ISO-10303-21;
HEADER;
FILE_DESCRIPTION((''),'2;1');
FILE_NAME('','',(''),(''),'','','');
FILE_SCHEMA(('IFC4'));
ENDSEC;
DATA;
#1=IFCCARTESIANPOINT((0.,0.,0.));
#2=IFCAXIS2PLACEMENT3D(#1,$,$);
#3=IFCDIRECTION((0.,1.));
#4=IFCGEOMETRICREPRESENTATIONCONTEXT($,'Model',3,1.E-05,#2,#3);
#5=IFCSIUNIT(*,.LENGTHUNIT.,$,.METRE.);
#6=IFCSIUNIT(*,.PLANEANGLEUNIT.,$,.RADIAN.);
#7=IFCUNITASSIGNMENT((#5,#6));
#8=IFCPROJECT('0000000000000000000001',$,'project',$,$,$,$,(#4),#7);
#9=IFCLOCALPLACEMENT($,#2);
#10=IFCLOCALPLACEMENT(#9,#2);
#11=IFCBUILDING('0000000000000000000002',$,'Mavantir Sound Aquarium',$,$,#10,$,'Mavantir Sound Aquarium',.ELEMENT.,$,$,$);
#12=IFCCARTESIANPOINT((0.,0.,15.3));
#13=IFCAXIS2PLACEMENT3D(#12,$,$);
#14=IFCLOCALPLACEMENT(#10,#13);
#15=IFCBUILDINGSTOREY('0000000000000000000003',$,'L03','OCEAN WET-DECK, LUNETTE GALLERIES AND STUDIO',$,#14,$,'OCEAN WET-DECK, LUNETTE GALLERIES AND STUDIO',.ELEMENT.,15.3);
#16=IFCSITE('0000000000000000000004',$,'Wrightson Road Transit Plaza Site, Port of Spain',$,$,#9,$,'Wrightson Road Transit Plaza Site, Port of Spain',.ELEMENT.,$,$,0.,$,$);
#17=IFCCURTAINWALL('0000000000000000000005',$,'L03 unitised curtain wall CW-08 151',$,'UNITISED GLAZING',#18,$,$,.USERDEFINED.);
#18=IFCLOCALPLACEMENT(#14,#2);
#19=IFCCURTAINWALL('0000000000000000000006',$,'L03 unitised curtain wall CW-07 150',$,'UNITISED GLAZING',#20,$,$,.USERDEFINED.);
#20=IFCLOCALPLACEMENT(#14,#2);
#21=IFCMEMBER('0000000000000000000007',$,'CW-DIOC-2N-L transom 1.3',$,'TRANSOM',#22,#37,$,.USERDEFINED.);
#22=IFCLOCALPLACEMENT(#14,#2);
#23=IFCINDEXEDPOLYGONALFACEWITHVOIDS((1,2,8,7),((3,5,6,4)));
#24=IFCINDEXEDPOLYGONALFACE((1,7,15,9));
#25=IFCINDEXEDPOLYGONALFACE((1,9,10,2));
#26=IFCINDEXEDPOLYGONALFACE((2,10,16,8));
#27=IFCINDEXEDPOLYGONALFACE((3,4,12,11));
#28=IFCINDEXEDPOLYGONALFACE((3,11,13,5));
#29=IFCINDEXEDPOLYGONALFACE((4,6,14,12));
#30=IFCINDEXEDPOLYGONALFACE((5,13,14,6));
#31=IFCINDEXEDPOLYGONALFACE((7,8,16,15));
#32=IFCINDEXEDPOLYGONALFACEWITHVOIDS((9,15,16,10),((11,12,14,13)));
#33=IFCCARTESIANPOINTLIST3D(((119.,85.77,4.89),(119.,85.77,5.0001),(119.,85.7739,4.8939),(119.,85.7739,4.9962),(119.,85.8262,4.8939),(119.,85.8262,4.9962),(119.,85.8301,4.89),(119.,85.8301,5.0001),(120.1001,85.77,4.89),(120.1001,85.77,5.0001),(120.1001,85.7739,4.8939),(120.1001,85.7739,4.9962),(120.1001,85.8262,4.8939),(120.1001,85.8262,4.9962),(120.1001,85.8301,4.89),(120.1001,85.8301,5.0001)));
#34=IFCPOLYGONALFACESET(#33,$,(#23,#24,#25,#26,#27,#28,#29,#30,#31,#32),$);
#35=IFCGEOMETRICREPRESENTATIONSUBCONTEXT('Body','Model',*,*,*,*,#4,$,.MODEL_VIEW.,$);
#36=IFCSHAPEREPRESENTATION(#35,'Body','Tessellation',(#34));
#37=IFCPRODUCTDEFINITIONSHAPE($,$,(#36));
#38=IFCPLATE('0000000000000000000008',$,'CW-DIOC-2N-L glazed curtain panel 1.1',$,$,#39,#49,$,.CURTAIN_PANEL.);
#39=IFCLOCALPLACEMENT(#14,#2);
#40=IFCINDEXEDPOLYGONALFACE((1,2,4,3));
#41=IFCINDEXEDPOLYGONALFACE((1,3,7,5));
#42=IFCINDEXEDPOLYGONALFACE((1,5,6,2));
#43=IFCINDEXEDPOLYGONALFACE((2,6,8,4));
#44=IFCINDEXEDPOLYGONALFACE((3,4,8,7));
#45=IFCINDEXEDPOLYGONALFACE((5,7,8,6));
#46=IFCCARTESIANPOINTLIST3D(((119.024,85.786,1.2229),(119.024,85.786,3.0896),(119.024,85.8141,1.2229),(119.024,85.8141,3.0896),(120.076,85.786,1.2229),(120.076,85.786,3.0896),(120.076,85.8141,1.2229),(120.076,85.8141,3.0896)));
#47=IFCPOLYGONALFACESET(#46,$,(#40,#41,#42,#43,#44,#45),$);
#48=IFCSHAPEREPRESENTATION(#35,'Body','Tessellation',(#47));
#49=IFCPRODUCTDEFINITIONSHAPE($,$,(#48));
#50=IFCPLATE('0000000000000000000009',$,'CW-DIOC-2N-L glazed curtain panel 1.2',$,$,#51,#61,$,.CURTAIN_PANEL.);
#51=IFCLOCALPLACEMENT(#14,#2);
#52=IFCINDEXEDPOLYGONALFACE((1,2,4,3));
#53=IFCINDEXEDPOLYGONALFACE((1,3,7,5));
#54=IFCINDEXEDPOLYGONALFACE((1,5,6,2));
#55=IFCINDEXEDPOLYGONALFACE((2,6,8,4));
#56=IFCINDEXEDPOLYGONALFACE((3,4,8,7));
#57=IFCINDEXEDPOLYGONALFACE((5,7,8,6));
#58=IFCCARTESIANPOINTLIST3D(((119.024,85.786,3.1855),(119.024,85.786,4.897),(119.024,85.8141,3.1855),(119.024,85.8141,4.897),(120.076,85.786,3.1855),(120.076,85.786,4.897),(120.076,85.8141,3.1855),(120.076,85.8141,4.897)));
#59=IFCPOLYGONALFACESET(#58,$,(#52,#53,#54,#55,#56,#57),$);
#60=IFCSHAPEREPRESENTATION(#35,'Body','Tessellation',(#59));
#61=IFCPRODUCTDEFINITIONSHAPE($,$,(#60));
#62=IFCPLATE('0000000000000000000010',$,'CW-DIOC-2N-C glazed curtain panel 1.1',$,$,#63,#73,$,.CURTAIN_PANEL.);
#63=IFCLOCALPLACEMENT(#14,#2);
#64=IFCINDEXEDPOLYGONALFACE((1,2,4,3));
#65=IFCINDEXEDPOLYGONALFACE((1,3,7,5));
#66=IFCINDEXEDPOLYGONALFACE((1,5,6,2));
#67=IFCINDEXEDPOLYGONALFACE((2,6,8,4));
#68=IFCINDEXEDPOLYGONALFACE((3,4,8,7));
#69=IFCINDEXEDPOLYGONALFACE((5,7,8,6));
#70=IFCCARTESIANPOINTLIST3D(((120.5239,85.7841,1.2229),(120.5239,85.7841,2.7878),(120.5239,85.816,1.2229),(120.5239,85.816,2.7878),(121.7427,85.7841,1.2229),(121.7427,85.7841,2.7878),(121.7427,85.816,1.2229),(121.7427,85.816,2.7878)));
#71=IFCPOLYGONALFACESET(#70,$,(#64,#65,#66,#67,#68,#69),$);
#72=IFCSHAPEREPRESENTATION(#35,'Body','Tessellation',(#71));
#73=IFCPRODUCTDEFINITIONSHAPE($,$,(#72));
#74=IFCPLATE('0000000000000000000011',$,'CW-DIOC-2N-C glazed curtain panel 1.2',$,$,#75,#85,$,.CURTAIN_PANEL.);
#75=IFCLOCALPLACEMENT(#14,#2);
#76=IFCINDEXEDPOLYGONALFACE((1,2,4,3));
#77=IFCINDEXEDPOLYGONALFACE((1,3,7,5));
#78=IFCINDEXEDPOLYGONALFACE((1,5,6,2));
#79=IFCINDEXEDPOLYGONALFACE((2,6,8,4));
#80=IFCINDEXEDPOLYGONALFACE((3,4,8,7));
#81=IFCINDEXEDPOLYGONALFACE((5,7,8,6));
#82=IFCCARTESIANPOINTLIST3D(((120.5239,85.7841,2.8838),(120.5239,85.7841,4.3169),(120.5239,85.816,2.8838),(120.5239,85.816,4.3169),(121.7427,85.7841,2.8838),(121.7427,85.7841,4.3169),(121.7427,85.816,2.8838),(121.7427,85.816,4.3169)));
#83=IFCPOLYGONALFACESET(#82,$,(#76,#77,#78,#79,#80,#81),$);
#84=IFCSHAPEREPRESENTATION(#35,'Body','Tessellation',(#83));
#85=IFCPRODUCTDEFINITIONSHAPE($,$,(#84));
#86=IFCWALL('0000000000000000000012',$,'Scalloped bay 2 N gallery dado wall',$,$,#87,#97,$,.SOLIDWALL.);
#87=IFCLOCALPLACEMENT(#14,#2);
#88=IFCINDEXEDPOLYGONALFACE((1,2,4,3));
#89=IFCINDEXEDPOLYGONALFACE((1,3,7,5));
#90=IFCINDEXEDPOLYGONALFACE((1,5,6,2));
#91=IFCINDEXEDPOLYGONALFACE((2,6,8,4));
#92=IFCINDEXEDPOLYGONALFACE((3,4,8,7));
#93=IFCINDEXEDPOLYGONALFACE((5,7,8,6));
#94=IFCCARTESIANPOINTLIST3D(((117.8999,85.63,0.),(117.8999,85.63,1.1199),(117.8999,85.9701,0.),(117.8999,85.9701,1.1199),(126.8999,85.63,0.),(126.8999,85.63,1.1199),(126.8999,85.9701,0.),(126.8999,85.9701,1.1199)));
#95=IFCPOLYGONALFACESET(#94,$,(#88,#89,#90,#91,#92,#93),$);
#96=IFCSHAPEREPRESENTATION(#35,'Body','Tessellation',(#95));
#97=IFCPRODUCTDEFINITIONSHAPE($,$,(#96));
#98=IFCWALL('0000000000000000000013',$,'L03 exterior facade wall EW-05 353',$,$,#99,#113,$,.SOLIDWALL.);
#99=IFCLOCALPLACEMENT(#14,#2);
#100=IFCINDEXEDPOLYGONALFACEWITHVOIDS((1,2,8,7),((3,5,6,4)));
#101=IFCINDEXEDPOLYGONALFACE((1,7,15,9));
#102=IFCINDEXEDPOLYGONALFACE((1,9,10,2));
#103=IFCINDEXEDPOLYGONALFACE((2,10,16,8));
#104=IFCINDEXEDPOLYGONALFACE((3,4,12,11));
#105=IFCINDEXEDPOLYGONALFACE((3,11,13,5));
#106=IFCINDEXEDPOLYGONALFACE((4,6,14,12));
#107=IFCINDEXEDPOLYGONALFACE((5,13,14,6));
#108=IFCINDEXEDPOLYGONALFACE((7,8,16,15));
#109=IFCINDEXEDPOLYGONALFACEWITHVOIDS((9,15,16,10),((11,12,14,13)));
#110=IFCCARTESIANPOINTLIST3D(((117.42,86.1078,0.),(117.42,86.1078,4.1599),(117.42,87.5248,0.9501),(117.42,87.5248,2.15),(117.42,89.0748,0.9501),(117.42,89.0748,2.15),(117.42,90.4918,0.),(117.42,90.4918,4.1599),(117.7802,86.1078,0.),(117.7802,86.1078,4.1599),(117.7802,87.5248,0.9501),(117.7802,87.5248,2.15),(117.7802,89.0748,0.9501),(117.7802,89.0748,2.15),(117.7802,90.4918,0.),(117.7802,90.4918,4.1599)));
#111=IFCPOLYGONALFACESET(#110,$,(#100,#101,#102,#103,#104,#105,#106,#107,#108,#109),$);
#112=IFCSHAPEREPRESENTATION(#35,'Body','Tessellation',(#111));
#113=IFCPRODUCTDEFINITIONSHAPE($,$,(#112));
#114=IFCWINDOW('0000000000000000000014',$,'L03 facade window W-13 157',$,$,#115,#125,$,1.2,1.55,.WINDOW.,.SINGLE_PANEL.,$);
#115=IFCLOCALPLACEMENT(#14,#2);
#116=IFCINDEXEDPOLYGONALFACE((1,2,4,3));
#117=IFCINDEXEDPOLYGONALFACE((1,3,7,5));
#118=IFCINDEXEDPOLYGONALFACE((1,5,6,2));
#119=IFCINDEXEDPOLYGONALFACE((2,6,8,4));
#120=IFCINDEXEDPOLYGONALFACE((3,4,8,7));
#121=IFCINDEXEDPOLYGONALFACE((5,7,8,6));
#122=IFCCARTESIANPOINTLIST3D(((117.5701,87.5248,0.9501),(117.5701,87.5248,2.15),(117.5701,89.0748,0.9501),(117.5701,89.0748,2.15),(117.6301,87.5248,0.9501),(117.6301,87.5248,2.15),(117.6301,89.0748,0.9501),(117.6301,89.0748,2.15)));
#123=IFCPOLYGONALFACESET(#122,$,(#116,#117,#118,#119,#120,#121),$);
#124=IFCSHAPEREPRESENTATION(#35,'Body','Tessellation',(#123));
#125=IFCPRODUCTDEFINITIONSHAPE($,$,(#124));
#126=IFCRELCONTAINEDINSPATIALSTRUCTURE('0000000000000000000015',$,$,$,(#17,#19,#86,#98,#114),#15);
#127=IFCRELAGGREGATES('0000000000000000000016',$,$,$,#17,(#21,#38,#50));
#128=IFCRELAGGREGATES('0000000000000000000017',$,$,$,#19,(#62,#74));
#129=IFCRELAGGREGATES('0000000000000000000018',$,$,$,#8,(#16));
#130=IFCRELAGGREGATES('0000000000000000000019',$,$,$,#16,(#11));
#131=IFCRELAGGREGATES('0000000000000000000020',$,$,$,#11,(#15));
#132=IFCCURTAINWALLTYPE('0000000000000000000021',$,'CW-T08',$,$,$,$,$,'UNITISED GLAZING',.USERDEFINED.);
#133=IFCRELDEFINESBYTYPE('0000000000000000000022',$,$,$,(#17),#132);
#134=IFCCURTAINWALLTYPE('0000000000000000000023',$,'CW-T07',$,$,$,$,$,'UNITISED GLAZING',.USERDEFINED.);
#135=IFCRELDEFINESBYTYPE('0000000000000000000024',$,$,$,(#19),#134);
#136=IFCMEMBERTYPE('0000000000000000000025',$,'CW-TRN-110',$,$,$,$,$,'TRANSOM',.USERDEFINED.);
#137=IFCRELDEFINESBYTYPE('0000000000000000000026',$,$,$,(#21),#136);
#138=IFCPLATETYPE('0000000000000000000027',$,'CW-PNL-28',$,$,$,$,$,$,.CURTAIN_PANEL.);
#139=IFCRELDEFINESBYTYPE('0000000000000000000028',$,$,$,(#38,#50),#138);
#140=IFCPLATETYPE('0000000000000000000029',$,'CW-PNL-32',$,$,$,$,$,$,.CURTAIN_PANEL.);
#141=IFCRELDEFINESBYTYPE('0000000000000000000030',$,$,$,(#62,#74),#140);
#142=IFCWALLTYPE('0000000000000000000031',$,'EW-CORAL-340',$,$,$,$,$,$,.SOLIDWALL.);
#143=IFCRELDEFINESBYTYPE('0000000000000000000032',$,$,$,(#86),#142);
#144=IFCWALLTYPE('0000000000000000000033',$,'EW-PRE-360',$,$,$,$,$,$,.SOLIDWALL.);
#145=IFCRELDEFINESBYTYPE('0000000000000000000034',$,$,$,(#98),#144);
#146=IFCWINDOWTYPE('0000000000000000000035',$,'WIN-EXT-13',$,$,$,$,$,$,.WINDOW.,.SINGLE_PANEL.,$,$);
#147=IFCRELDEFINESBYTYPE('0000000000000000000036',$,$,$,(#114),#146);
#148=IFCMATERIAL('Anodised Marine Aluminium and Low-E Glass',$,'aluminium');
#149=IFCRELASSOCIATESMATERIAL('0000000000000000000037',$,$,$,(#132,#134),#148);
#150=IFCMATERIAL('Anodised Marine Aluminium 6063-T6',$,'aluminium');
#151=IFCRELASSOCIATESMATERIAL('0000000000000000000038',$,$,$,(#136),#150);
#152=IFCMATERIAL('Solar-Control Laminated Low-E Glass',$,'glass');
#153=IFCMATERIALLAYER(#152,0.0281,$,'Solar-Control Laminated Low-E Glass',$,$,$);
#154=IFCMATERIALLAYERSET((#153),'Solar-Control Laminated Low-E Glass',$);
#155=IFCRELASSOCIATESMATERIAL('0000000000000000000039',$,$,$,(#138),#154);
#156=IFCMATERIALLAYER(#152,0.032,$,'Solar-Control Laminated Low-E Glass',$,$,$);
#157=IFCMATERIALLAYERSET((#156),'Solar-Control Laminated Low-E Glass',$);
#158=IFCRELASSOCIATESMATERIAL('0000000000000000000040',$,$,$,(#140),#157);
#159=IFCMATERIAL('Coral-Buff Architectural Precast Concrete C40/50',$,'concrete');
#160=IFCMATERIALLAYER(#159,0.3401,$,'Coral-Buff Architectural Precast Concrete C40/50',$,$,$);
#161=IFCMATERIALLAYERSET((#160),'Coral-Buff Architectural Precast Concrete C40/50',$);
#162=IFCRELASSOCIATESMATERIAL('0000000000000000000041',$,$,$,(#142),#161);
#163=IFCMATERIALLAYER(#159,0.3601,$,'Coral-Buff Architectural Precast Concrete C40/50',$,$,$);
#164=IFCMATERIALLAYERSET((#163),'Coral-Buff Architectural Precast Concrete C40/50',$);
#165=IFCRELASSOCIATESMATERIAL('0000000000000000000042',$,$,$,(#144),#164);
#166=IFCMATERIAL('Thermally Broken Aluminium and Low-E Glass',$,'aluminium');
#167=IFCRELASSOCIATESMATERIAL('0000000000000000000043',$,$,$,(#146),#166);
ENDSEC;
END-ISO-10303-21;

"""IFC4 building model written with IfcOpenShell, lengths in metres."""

from ifc_helpers import new_model, si_unit, direction, frame, frame_2d, origin, origin_2d, place, context, subcontext, project, spatial, rectangle, hollow_rectangle, extrude, material, layer, layer_set, material_profile, profile_set, type_object, element, fill, aggregate, save


model = new_model("IFC4")

# Units and contexts
model_context = context("Model", 3, precision=1e-05, world=origin(), true_north=direction((0.0, 1.0)))
body_context = subcontext(model_context, "Body", "Model", "MODEL_VIEW")
ifc_project = project(units=[si_unit("LENGTHUNIT", "METRE"), si_unit("PLANEANGLEUNIT", "RADIAN")], contexts=[model_context])

# Site, building, storey
site_placement = place(None, origin())
site = spatial("IfcSite", under=ifc_project, at=site_placement, Name="Wrightson Road Transit Plaza Site, Port of Spain", LongName="Wrightson Road Transit Plaza Site, Port of Spain", CompositionType="ELEMENT", RefElevation=0.0)
building_placement = place(site_placement, origin())
building = spatial("IfcBuilding", under=site, at=building_placement, Name="Mavantir Sound Aquarium", LongName="Mavantir Sound Aquarium", CompositionType="ELEMENT")
storey_placement = place(building_placement, frame((0.0, 0.0, 15.3)))
storey = spatial("IfcBuildingStorey", under=building, at=storey_placement, Name="L03", Description="OCEAN WET-DECK, LUNETTE GALLERIES AND STUDIO", LongName="OCEAN WET-DECK, LUNETTE GALLERIES AND STUDIO", CompositionType="ELEMENT", Elevation=15.3)

# Curtain walls
ifc_material_1 = material(Name="Anodised Marine Aluminium and Low-E Glass", Category="aluminium")
curtain_wall_type_1 = type_object("IfcCurtainWallType", Name="CW-T08", ElementType="UNITISED GLAZING", PredefinedType="USERDEFINED", material=ifc_material_1)
curtain_wall_1_placement = place(storey_placement, origin())
curtain_wall_1 = element("IfcCurtainWall", 1, at=curtain_wall_1_placement, inside=storey, type_object=curtain_wall_type_1, Name="L03 unitised curtain wall CW-08 151", ObjectType="UNITISED GLAZING", PredefinedType="USERDEFINED")
ifc_material_2 = material(Name="Anodised Marine Aluminium 6063-T6", Category="aluminium")
curtain_wall_type_2 = type_object("IfcCurtainWallType", Name="CW-T07", ElementType="UNITISED GLAZING", PredefinedType="USERDEFINED", material=ifc_material_1)
curtain_wall_2_placement = place(storey_placement, origin())
curtain_wall_2 = element("IfcCurtainWall", 2, at=curtain_wall_2_placement, inside=storey, type_object=curtain_wall_type_2, Name="L03 unitised curtain wall CW-07 150", ObjectType="UNITISED GLAZING", PredefinedType="USERDEFINED")
ifc_material_profile_1 = material_profile(ifc_material_2, hollow_rectangle(XDim=0.0601, YDim=0.1101, WallThickness=0.0039, at=origin_2d()), Name="ALU-TRANSOM-110X60")
ifc_profile_set_1 = profile_set([ifc_material_profile_1], Name="Anodised Marine Aluminium 6063-T6")
member_type_1 = type_object("IfcMemberType", Name="CW-TRN-110", ElementType="TRANSOM", PredefinedType="USERDEFINED", material=ifc_profile_set_1)

# Member
member_1_placement = place(storey_placement, frame((119.0, 85.8, 4.9451), z_axis=(1.0, 0.0, 0.0), x_axis=(0.0, 1.0, 0.0)))
member_1 = element("IfcMember", 3, at=member_1_placement, type_object=member_type_1, Name="CW-DIOC-2N-L transom 1.3", ObjectType="TRANSOM", PredefinedType="USERDEFINED", context=body_context, shape_type="SweptSolid", body=[
    extrude(hollow_rectangle(XDim=0.0601, YDim=0.1101, WallThickness=0.0039, at=origin_2d()), origin(), (0.0, 0.0, 1.0), 1.1001),
])

# Plates
ifc_material_3 = material(Name="Solar-Control Laminated Low-E Glass", Category="glass")
ifc_layer_1 = layer(ifc_material_3, 0.0281, Name="Solar-Control Laminated Low-E Glass")
ifc_layer_set_1 = layer_set([ifc_layer_1], Name="Solar-Control Laminated Low-E Glass")
plate_type_1 = type_object("IfcPlateType", Name="CW-PNL-28", PredefinedType="CURTAIN_PANEL", material=ifc_layer_set_1)
plate_1_placement = place(storey_placement, frame((119.55, 85.8, 1.2229), z_axis=(0.0, 0.0, 1.0), x_axis=(1.0, 0.0, 0.0)))
plate_1 = element("IfcPlate", 4, at=plate_1_placement, type_object=plate_type_1, Name="CW-DIOC-2N-L glazed curtain panel 1.1", PredefinedType="CURTAIN_PANEL", context=body_context, shape_type="SweptSolid", body=[
    extrude(rectangle(XDim=1.052, YDim=0.0281, at=origin_2d()), origin(), (0.0, 0.0, 1.0), 1.8667),
])
plate_2_placement = place(storey_placement, frame((119.55, 85.8, 3.1855), z_axis=(0.0, 0.0, 1.0), x_axis=(1.0, 0.0, 0.0)))
plate_2 = element("IfcPlate", 5, at=plate_2_placement, type_object=plate_type_1, Name="CW-DIOC-2N-L glazed curtain panel 1.2", PredefinedType="CURTAIN_PANEL", context=body_context, shape_type="SweptSolid", body=[
    extrude(rectangle(XDim=1.052, YDim=0.0281, at=origin_2d()), origin(), (0.0, 0.0, 1.0), 1.7114),
])
aggregate(curtain_wall_1, [member_1, plate_1, plate_2])
ifc_layer_2 = layer(ifc_material_3, 0.032, Name="Solar-Control Laminated Low-E Glass")
ifc_layer_set_2 = layer_set([ifc_layer_2], Name="Solar-Control Laminated Low-E Glass")
plate_type_2 = type_object("IfcPlateType", Name="CW-PNL-32", PredefinedType="CURTAIN_PANEL", material=ifc_layer_set_2)
plate_3_placement = place(storey_placement, frame((121.1333, 85.8, 1.2229), z_axis=(0.0, 0.0, 1.0), x_axis=(1.0, 0.0, 0.0)))
plate_3 = element("IfcPlate", 6, at=plate_3_placement, type_object=plate_type_2, Name="CW-DIOC-2N-C glazed curtain panel 1.1", PredefinedType="CURTAIN_PANEL", context=body_context, shape_type="SweptSolid", body=[
    extrude(rectangle(XDim=1.2188, YDim=0.032, at=origin_2d()), origin(), (0.0, 0.0, 1.0), 1.5649),
])
plate_4_placement = place(storey_placement, frame((121.1333, 85.8, 2.8838), z_axis=(0.0, 0.0, 1.0), x_axis=(1.0, 0.0, 0.0)))
plate_4 = element("IfcPlate", 7, at=plate_4_placement, type_object=plate_type_2, Name="CW-DIOC-2N-C glazed curtain panel 1.2", PredefinedType="CURTAIN_PANEL", context=body_context, shape_type="SweptSolid", body=[
    extrude(rectangle(XDim=1.2188, YDim=0.032, at=origin_2d()), origin(), (0.0, 0.0, 1.0), 1.4331),
])
aggregate(curtain_wall_2, [plate_3, plate_4])

# Wall
ifc_material_4 = material(Name="Coral-Buff Architectural Precast Concrete C40/50", Category="concrete")
ifc_layer_3 = layer(ifc_material_4, 0.3401, Name="Coral-Buff Architectural Precast Concrete C40/50")
ifc_layer_set_3 = layer_set([ifc_layer_3], Name="Coral-Buff Architectural Precast Concrete C40/50")
wall_type_1 = type_object("IfcWallType", Name="EW-CORAL-340", PredefinedType="SOLIDWALL", material=ifc_layer_set_3)
wall_1_placement = place(storey_placement, frame((117.8999, 85.8, 0.0), z_axis=(0.0, 0.0, 1.0), x_axis=(1.0, 0.0, 0.0)))
element("IfcWall", 8, at=wall_1_placement, inside=storey, type_object=wall_type_1, Name="Scalloped bay 2 N gallery dado wall", PredefinedType="SOLIDWALL", context=body_context, shape_type="SweptSolid", body=[
    extrude(rectangle(XDim=9.0, YDim=0.3401, at=frame_2d((4.5, 0.0))), origin(), (0.0, 0.0, 1.0), 1.1199),
])

# Wall, opening, window
ifc_layer_4 = layer(ifc_material_4, 0.3601, Name="Coral-Buff Architectural Precast Concrete C40/50")
ifc_layer_set_4 = layer_set([ifc_layer_4], Name="Coral-Buff Architectural Precast Concrete C40/50")
wall_type_2 = type_object("IfcWallType", Name="EW-PRE-360", PredefinedType="SOLIDWALL", material=ifc_layer_set_4)
wall_2_placement = place(storey_placement, frame((117.6001, 86.1079, 0.0), z_axis=(0.0, 0.0, 1.0), x_axis=(0.0, 1.0, 0.0)))
wall_2 = element("IfcWall", 9, at=wall_2_placement, inside=storey, type_object=wall_type_2, Name="L03 exterior facade wall EW-05 353", PredefinedType="SOLIDWALL", context=body_context, shape_type="SweptSolid", body=[
    extrude(rectangle(XDim=4.384, YDim=0.3601, at=frame_2d((2.1919, 0.0))), origin(), (0.0, 0.0, 1.0), 4.1599),
])
opening_placement = place(wall_2_placement, frame((1.417, 0.0, 0.95)))
opening = element("IfcOpeningElement", 10, at=opening_placement, cuts=wall_2, PredefinedType="OPENING", context=body_context, shape_type="SweptSolid", body=[
    extrude(rectangle(XDim=1.55, YDim=1.2, at=frame_2d((0.7749, 0.6001))), frame((0.0, 0.1899, 0.0), z_axis=(0.0, -1.0, 0.0), x_axis=(1.0, 0.0, 0.0)), (0.0, 0.0, 1.0), 0.3801),
])
ifc_material_5 = material(Name="Thermally Broken Aluminium and Low-E Glass", Category="aluminium")
window_type = type_object("IfcWindowType", Name="WIN-EXT-13", PartitioningType="SINGLE_PANEL", PredefinedType="WINDOW", material=ifc_material_5)
window_placement = place(opening_placement, origin())
window = element("IfcWindow", 11, at=window_placement, inside=storey, type_object=window_type, Name="L03 facade window W-13 157", OverallHeight=1.2, OverallWidth=1.55, PartitioningType="SINGLE_PANEL", PredefinedType="WINDOW", context=body_context, shape_type="SweptSolid", body=[
    extrude(rectangle(XDim=1.55, YDim=1.2, at=frame_2d((0.7749, 0.6001))), frame((0.0, 0.03, 0.0), z_axis=(0.0, -1.0, 0.0), x_axis=(1.0, 0.0, 0.0)), (0.0, 0.0, 1.0), 0.0601),
])
fill(opening, window)

save(model, "model.ifc")
